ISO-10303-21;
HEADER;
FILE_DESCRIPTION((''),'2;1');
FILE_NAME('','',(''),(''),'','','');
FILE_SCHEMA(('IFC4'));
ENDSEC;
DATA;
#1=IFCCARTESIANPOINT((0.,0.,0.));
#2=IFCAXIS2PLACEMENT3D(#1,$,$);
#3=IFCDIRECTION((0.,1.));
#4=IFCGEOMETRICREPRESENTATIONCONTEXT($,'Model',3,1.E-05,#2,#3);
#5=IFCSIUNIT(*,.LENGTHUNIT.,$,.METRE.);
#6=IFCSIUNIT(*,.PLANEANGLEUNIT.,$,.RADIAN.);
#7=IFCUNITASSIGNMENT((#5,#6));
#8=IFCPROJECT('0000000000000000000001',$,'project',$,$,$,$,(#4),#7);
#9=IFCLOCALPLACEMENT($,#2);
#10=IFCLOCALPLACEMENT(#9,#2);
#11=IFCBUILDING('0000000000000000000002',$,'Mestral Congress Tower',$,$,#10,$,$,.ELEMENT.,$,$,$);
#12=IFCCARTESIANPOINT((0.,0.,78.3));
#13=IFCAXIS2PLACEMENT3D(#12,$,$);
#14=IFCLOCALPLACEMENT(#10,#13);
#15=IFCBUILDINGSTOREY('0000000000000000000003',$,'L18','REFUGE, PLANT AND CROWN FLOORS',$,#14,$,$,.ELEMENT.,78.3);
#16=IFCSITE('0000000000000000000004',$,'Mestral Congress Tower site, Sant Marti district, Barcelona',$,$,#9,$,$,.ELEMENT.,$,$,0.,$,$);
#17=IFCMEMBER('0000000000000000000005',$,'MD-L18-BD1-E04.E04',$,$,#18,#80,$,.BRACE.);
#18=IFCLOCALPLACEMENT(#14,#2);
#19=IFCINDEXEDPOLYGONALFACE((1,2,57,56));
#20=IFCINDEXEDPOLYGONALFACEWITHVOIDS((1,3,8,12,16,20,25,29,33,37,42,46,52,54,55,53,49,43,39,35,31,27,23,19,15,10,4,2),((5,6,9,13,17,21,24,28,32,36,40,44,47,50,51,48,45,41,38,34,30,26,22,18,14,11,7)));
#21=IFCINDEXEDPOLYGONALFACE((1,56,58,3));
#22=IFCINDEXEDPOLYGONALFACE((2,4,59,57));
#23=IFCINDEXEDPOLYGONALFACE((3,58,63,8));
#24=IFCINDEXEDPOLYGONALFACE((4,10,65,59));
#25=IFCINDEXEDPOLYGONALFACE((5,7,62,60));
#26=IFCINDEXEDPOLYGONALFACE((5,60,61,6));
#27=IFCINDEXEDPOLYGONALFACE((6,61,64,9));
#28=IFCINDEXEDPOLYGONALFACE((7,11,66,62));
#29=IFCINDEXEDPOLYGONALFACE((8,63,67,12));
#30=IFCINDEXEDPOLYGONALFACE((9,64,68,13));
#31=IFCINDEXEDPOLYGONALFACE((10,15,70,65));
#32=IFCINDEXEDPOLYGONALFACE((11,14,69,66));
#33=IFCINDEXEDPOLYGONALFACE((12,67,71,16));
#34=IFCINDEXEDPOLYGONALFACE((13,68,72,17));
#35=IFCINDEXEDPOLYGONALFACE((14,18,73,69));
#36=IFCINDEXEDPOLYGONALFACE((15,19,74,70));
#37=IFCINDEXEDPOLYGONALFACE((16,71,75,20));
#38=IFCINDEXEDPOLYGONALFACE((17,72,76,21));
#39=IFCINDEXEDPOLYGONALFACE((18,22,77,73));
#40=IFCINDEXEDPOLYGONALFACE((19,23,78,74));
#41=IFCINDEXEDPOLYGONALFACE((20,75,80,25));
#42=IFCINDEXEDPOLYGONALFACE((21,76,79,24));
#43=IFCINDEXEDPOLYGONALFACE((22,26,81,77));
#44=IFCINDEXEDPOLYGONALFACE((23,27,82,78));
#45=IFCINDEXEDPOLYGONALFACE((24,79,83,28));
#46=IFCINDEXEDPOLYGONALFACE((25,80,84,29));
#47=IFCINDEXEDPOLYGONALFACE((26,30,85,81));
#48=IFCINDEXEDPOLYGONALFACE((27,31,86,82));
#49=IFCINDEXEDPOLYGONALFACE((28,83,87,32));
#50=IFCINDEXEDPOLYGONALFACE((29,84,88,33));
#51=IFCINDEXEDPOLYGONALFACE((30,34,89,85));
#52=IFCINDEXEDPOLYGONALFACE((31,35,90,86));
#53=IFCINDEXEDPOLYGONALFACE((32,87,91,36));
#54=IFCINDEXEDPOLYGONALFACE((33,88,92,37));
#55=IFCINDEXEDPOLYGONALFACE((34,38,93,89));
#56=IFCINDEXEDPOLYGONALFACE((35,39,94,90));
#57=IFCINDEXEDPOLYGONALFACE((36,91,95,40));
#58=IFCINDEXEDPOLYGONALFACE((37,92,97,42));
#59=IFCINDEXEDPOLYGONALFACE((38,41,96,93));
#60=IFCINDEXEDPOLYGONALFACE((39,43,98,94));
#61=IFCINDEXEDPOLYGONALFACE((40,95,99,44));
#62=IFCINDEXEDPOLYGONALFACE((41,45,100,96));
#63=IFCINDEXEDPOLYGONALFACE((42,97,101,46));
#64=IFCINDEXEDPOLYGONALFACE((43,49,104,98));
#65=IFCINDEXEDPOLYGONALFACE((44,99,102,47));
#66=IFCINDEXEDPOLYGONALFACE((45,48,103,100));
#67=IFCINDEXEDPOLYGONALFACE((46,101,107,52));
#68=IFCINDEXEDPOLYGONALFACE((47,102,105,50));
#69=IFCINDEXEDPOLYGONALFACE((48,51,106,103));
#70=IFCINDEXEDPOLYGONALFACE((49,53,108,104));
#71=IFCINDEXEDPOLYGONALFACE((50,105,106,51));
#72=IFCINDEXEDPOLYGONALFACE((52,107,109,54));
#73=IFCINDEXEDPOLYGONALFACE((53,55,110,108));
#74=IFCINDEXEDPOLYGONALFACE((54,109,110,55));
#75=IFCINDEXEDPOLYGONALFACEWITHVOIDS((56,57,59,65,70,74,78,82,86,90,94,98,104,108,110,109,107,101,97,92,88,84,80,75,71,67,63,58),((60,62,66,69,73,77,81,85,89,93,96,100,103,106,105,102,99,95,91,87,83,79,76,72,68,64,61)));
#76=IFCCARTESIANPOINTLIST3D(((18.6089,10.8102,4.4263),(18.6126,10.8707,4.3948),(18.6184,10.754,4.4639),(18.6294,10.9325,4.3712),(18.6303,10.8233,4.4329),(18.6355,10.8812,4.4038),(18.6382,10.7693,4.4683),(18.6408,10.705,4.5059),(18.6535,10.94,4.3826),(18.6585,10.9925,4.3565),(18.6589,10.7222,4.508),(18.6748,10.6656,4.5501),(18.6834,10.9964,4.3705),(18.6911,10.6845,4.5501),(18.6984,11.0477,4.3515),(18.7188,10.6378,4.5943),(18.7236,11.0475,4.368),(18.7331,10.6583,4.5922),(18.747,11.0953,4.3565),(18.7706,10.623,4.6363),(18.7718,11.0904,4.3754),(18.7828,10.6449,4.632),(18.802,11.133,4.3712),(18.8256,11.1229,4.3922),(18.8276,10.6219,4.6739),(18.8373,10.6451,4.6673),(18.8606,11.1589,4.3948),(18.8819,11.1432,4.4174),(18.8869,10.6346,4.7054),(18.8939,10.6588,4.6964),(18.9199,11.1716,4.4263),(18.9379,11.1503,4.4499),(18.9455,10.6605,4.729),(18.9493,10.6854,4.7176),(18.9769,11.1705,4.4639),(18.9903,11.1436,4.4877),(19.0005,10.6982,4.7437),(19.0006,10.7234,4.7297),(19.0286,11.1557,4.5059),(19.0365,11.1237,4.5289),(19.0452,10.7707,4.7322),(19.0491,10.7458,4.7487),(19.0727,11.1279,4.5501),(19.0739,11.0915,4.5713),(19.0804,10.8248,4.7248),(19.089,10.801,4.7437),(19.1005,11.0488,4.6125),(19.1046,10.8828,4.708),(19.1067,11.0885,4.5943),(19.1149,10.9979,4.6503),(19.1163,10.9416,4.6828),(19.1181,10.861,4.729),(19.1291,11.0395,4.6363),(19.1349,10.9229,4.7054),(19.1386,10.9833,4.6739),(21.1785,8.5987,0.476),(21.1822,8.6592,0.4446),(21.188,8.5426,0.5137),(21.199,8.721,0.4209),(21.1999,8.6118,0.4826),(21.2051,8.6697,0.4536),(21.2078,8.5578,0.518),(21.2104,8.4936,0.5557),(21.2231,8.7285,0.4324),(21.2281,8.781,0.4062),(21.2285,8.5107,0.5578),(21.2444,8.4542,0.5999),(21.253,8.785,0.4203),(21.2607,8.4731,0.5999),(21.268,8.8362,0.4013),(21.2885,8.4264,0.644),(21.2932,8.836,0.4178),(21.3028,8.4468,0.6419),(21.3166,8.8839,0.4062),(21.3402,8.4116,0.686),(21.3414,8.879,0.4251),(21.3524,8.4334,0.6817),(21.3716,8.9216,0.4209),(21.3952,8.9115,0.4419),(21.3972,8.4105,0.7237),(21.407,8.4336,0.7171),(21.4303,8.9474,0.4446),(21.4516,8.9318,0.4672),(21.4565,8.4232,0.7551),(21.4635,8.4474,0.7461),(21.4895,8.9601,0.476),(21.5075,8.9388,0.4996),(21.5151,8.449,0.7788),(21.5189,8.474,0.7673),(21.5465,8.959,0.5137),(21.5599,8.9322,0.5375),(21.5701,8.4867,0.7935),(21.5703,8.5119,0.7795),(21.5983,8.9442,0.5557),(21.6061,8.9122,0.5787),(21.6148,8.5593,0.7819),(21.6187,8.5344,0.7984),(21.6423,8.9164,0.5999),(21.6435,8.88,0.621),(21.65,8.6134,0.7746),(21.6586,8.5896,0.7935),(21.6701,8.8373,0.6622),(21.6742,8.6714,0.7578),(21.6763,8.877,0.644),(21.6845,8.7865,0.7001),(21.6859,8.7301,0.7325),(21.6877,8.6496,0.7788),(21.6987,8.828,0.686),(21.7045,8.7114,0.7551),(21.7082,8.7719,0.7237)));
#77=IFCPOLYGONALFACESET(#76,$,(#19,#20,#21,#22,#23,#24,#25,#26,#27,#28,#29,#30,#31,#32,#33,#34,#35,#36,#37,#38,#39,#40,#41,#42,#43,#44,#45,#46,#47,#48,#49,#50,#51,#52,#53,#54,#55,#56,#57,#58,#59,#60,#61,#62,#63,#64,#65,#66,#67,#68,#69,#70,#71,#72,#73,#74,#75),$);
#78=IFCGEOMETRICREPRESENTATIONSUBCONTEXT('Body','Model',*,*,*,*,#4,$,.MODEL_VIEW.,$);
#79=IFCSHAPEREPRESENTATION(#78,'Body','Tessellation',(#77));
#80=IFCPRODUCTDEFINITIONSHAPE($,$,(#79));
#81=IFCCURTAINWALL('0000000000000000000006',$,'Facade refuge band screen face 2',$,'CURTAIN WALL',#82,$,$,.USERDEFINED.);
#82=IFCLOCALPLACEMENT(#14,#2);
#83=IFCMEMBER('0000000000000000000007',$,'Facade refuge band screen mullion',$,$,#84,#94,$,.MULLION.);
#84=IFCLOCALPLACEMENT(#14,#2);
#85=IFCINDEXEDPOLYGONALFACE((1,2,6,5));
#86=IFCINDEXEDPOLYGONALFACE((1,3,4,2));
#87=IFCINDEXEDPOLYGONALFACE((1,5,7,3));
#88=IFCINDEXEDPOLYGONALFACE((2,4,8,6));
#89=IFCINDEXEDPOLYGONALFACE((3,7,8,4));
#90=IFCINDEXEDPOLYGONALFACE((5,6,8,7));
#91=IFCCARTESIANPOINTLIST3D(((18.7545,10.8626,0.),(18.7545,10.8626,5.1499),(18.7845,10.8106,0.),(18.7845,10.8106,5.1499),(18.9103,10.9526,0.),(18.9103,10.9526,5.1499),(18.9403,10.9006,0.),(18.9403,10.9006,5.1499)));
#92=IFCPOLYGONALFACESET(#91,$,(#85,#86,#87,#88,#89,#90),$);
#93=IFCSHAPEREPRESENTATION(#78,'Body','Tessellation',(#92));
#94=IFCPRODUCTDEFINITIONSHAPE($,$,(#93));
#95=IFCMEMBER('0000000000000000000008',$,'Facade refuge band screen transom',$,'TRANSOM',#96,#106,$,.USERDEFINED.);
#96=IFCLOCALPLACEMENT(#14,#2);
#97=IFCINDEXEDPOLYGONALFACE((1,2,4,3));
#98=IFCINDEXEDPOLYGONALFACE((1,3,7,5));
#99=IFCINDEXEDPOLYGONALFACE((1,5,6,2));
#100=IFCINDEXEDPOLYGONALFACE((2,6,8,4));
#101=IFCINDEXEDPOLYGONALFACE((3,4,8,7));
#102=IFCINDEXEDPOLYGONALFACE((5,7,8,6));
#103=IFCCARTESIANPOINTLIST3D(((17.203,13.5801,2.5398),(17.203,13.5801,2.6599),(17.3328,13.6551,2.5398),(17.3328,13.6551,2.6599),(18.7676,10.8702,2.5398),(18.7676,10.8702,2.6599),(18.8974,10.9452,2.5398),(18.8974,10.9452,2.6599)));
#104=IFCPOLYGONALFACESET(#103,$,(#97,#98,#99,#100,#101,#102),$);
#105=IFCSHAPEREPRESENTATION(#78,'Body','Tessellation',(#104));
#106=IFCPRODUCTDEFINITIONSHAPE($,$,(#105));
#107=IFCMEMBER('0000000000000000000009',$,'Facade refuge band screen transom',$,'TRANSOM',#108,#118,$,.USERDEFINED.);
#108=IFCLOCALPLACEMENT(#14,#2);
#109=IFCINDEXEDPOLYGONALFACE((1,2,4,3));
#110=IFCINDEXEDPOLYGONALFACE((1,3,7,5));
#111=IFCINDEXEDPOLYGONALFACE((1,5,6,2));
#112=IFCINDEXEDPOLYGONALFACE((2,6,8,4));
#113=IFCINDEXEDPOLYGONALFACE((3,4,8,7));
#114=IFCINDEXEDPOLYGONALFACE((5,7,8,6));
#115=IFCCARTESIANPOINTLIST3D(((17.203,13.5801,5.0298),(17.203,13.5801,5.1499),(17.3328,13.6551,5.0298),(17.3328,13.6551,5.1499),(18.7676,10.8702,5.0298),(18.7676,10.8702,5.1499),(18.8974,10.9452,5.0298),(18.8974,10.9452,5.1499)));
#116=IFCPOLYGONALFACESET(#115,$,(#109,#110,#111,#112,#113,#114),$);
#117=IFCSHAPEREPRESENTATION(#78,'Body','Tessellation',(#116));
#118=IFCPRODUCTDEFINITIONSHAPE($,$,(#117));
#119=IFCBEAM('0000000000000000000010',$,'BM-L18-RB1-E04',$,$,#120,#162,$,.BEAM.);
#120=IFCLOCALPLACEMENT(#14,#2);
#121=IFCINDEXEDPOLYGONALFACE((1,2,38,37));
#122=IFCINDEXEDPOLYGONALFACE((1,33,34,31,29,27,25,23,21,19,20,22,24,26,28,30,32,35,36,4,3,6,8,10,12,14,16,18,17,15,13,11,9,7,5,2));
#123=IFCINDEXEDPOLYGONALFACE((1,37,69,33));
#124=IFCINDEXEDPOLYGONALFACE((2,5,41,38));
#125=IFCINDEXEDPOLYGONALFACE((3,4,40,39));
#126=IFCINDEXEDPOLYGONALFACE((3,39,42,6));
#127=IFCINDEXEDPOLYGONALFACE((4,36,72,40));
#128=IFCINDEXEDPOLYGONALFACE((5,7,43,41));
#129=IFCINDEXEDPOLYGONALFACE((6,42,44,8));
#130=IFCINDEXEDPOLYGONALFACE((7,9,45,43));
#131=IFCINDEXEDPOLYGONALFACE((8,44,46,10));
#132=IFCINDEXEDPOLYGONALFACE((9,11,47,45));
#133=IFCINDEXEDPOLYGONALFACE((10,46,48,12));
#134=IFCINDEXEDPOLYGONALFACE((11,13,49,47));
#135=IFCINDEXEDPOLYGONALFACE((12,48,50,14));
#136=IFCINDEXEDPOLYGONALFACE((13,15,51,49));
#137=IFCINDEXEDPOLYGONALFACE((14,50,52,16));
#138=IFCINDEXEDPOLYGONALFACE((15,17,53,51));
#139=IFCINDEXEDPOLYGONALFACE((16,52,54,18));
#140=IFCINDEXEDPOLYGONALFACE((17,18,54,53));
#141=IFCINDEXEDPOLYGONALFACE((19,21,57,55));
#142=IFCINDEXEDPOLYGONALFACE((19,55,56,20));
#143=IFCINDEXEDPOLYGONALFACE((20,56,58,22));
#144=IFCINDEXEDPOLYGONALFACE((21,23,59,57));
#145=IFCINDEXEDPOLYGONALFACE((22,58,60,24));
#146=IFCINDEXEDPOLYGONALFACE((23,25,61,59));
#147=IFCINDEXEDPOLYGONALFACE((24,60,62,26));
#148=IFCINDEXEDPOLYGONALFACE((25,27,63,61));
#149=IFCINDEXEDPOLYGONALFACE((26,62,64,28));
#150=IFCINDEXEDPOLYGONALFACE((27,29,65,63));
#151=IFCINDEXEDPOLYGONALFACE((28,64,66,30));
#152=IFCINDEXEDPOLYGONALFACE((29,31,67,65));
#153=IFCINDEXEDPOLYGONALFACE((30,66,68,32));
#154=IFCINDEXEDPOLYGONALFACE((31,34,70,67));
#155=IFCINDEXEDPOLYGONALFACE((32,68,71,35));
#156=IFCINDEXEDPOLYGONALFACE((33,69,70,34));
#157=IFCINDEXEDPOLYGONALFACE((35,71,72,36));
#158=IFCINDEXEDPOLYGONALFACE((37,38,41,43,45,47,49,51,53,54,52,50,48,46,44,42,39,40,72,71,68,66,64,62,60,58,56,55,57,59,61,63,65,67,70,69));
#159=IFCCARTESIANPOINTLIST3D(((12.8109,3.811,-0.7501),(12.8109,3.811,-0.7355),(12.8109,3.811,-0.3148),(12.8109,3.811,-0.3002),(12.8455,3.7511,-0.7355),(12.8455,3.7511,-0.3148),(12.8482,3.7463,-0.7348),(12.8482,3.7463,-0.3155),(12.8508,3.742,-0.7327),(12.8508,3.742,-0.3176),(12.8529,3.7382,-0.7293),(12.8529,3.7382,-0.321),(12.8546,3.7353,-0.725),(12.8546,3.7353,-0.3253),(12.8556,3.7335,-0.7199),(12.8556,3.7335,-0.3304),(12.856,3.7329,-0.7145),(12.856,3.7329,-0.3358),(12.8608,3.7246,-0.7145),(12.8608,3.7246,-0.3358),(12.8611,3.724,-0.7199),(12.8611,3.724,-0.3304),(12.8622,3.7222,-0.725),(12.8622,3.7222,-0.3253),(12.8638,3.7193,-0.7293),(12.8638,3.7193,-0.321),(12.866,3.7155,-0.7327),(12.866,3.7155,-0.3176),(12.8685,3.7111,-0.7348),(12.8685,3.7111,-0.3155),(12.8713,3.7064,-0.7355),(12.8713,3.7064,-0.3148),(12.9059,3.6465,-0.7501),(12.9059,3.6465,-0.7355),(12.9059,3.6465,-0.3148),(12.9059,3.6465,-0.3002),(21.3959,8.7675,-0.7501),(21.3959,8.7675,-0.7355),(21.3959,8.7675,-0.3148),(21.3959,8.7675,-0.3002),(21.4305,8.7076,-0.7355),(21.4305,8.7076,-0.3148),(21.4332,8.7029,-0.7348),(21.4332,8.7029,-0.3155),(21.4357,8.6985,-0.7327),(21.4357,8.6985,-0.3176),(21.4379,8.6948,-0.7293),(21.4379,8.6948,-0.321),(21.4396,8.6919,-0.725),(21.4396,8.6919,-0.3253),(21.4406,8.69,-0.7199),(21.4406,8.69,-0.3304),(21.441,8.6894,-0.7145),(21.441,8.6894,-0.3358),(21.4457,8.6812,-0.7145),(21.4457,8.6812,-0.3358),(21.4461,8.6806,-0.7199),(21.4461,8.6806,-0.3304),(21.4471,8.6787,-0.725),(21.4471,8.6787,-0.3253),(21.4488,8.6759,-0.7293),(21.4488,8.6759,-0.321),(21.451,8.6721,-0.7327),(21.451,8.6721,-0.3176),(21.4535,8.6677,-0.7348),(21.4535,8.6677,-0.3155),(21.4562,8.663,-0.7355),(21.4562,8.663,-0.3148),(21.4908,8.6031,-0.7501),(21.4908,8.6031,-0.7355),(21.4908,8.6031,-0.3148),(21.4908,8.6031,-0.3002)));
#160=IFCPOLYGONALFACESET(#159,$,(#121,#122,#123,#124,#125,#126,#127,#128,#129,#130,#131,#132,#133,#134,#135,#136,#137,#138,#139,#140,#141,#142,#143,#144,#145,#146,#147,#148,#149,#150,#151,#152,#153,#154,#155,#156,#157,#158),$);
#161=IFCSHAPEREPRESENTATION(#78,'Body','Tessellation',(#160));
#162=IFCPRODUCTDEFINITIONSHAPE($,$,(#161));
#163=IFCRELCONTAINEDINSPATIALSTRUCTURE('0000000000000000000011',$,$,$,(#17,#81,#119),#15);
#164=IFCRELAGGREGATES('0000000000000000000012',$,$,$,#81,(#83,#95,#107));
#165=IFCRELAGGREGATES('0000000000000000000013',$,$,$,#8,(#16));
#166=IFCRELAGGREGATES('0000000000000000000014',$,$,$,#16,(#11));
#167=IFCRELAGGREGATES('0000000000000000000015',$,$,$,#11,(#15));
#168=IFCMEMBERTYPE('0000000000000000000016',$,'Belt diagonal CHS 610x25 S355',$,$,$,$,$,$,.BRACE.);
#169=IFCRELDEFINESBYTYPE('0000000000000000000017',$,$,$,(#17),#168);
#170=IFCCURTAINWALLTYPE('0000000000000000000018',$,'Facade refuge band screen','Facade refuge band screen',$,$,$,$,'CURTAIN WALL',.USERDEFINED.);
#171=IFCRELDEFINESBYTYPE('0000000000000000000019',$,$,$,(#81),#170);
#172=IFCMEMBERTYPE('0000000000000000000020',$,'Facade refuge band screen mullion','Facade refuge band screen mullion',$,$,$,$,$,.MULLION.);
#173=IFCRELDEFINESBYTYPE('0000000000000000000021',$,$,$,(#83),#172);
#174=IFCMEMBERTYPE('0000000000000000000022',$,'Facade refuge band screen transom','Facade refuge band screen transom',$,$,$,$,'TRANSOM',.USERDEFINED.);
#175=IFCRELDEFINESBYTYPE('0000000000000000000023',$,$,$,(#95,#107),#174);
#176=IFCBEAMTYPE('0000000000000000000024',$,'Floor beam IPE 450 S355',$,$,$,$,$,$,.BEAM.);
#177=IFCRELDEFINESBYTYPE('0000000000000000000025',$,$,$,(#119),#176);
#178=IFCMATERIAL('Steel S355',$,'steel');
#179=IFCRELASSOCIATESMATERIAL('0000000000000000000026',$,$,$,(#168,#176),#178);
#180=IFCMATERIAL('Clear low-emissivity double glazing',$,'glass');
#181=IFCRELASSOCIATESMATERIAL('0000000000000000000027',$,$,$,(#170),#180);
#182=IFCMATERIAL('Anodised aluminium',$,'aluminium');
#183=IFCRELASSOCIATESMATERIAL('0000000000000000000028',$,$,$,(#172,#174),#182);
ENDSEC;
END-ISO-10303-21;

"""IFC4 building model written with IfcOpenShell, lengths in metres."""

from ifc_helpers import new_model, si_unit, direction, frame, origin, origin_2d, place, context, subcontext, project, spatial, rectangle, hollow_circle, i_section, extrude, material, material_profile, profile_set, type_object, element, aggregate, save


model = new_model("IFC4")

# Units and contexts
model_context = context("Model", 3, precision=1e-05, world=origin(), true_north=direction((0.0, 1.0)))
body_context = subcontext(model_context, "Body", "Model", "MODEL_VIEW")
ifc_project = project(units=[si_unit("LENGTHUNIT", "METRE"), si_unit("PLANEANGLEUNIT", "RADIAN")], contexts=[model_context])

# Site, building, storey
site_placement = place(None, origin())
site = spatial("IfcSite", under=ifc_project, at=site_placement, Name="Mestral Congress Tower site, Sant Marti district, Barcelona", CompositionType="ELEMENT", RefElevation=0.0)
building_placement = place(site_placement, origin())
building = spatial("IfcBuilding", under=site, at=building_placement, Name="Mestral Congress Tower", CompositionType="ELEMENT")
storey_placement = place(building_placement, frame((0.0, 0.0, 78.3)))
storey = spatial("IfcBuildingStorey", under=building, at=storey_placement, Name="L18", Description="REFUGE, PLANT AND CROWN FLOORS", CompositionType="ELEMENT", Elevation=78.3)

# Member
ifc_material_1 = material(Name="Steel S355", Category="steel")
ifc_material_profile_1 = material_profile(ifc_material_1, hollow_circle(Radius=0.3049, WallThickness=0.0249, at=origin_2d()), Name="CHS 610x25")
ifc_profile_set_1 = profile_set([ifc_material_profile_1], Name="Steel S355")
member_type_1 = type_object("IfcMemberType", Name="Belt diagonal CHS 610x25 S355", PredefinedType="BRACE", material=ifc_profile_set_1)
member_1_placement = place(storey_placement, frame((21.4434, 8.6853, 0.5999), z_axis=(-0.493628, 0.424825, 0.758851), x_axis=(-0.652308, -0.757954, 0.0)))
element("IfcMember", 1, at=member_1_placement, inside=storey, type_object=member_type_1, Name="MD-L18-BD1-E04.E04", PredefinedType="BRACE", context=body_context, shape_type="SweptSolid", body=[
    extrude(hollow_circle(Radius=0.3049, WallThickness=0.0249, at=origin_2d()), origin(), (0.0, 0.0, 1.0), 5.2056),
])

# Curtain wall, members
ifc_material_2 = material(Name="Clear low-emissivity double glazing", Category="glass")
curtain_wall_type = type_object("IfcCurtainWallType", Name="Facade refuge band screen", Description="Facade refuge band screen", ElementType="CURTAIN WALL", PredefinedType="USERDEFINED", material=ifc_material_2)
curtain_wall_placement = place(storey_placement, origin())
curtain_wall = element("IfcCurtainWall", 2, at=curtain_wall_placement, inside=storey, type_object=curtain_wall_type, Name="Facade refuge band screen face 2", ObjectType="CURTAIN WALL", PredefinedType="USERDEFINED")
ifc_material_3 = material(Name="Anodised aluminium", Category="aluminium")
ifc_material_profile_2 = material_profile(ifc_material_3, rectangle(XDim=0.1799, YDim=0.0601, at=origin_2d()), Name="CW3 mullion 180 x 60")
ifc_profile_set_2 = profile_set([ifc_material_profile_2], Name="Anodised aluminium")
member_type_2 = type_object("IfcMemberType", Name="Facade refuge band screen mullion", Description="Facade refuge band screen mullion", PredefinedType="MULLION", material=ifc_profile_set_2)
member_2_placement = place(storey_placement, frame((18.8474, 10.8816, 0.0), z_axis=(0.0, 0.0, 1.0), x_axis=(0.866025, 0.5, 0.0)))
member_2 = element("IfcMember", 3, at=member_2_placement, type_object=member_type_2, Name="Facade refuge band screen mullion", PredefinedType="MULLION", context=body_context, shape_type="SweptSolid", body=[
    extrude(rectangle(XDim=0.1799, YDim=0.0601, at=origin_2d()), origin(), (0.0, 0.0, 1.0), 5.1499),
])
ifc_material_profile_3 = material_profile(ifc_material_3, rectangle(XDim=0.1499, YDim=0.1201, at=origin_2d()), Name="CW3 transom 150 x 120")
ifc_profile_set_3 = profile_set([ifc_material_profile_3], Name="Anodised aluminium")
member_type_3 = type_object("IfcMemberType", Name="Facade refuge band screen transom", Description="Facade refuge band screen transom", ElementType="TRANSOM", PredefinedType="USERDEFINED", material=ifc_profile_set_3)
member_3_placement = place(storey_placement, frame((18.8325, 10.9077, 2.5999), z_axis=(-0.500024, 0.866011, 0.0), x_axis=(-0.866011, -0.500024, 0.0)))
member_3 = element("IfcMember", 4, at=member_3_placement, type_object=member_type_3, Name="Facade refuge band screen transom", ObjectType="TRANSOM", PredefinedType="USERDEFINED", context=body_context, shape_type="SweptSolid", body=[
    extrude(rectangle(XDim=0.1499, YDim=0.1201, at=origin_2d()), origin(), (0.0, 0.0, 1.0), 3.1292),
])
member_4_placement = place(storey_placement, frame((18.8325, 10.9077, 5.0898), z_axis=(-0.500024, 0.866011, 0.0), x_axis=(-0.866011, -0.500024, 0.0)))
member_4 = element("IfcMember", 5, at=member_4_placement, type_object=member_type_3, Name="Facade refuge band screen transom", ObjectType="TRANSOM", PredefinedType="USERDEFINED", context=body_context, shape_type="SweptSolid", body=[
    extrude(rectangle(XDim=0.1499, YDim=0.1201, at=origin_2d()), origin(), (0.0, 0.0, 1.0), 3.1292),
])

# Beam
ifc_material_profile_4 = material_profile(ifc_material_1, i_section(OverallWidth=0.1899, OverallDepth=0.45, WebThickness=0.0095, FlangeThickness=0.0146, FilletRadius=0.021, at=origin_2d()), Name="IPE 450")
ifc_profile_set_4 = profile_set([ifc_material_profile_4], Name="Steel S355")
beam_type_1 = type_object("IfcBeamType", Name="Floor beam IPE 450 S355", PredefinedType="BEAM", material=ifc_profile_set_4)
beam_1_placement = place(storey_placement, frame((21.4434, 8.6853, -0.5251), z_axis=(-0.866025, -0.500001, 0.0), x_axis=(0.500001, -0.866025, 0.0)))
element("IfcBeam", 6, at=beam_1_placement, inside=storey, type_object=beam_type_1, Name="BM-L18-RB1-E04", PredefinedType="BEAM", context=body_context, shape_type="SweptSolid", body=[
    extrude(i_section(OverallWidth=0.1899, OverallDepth=0.45, WebThickness=0.0095, FlangeThickness=0.0146, FilletRadius=0.021, at=origin_2d()), origin(), (0.0, 0.0, 1.0), 9.9131),
])

aggregate(curtain_wall, [member_2, member_3, member_4])

save(model, "model.ifc")
